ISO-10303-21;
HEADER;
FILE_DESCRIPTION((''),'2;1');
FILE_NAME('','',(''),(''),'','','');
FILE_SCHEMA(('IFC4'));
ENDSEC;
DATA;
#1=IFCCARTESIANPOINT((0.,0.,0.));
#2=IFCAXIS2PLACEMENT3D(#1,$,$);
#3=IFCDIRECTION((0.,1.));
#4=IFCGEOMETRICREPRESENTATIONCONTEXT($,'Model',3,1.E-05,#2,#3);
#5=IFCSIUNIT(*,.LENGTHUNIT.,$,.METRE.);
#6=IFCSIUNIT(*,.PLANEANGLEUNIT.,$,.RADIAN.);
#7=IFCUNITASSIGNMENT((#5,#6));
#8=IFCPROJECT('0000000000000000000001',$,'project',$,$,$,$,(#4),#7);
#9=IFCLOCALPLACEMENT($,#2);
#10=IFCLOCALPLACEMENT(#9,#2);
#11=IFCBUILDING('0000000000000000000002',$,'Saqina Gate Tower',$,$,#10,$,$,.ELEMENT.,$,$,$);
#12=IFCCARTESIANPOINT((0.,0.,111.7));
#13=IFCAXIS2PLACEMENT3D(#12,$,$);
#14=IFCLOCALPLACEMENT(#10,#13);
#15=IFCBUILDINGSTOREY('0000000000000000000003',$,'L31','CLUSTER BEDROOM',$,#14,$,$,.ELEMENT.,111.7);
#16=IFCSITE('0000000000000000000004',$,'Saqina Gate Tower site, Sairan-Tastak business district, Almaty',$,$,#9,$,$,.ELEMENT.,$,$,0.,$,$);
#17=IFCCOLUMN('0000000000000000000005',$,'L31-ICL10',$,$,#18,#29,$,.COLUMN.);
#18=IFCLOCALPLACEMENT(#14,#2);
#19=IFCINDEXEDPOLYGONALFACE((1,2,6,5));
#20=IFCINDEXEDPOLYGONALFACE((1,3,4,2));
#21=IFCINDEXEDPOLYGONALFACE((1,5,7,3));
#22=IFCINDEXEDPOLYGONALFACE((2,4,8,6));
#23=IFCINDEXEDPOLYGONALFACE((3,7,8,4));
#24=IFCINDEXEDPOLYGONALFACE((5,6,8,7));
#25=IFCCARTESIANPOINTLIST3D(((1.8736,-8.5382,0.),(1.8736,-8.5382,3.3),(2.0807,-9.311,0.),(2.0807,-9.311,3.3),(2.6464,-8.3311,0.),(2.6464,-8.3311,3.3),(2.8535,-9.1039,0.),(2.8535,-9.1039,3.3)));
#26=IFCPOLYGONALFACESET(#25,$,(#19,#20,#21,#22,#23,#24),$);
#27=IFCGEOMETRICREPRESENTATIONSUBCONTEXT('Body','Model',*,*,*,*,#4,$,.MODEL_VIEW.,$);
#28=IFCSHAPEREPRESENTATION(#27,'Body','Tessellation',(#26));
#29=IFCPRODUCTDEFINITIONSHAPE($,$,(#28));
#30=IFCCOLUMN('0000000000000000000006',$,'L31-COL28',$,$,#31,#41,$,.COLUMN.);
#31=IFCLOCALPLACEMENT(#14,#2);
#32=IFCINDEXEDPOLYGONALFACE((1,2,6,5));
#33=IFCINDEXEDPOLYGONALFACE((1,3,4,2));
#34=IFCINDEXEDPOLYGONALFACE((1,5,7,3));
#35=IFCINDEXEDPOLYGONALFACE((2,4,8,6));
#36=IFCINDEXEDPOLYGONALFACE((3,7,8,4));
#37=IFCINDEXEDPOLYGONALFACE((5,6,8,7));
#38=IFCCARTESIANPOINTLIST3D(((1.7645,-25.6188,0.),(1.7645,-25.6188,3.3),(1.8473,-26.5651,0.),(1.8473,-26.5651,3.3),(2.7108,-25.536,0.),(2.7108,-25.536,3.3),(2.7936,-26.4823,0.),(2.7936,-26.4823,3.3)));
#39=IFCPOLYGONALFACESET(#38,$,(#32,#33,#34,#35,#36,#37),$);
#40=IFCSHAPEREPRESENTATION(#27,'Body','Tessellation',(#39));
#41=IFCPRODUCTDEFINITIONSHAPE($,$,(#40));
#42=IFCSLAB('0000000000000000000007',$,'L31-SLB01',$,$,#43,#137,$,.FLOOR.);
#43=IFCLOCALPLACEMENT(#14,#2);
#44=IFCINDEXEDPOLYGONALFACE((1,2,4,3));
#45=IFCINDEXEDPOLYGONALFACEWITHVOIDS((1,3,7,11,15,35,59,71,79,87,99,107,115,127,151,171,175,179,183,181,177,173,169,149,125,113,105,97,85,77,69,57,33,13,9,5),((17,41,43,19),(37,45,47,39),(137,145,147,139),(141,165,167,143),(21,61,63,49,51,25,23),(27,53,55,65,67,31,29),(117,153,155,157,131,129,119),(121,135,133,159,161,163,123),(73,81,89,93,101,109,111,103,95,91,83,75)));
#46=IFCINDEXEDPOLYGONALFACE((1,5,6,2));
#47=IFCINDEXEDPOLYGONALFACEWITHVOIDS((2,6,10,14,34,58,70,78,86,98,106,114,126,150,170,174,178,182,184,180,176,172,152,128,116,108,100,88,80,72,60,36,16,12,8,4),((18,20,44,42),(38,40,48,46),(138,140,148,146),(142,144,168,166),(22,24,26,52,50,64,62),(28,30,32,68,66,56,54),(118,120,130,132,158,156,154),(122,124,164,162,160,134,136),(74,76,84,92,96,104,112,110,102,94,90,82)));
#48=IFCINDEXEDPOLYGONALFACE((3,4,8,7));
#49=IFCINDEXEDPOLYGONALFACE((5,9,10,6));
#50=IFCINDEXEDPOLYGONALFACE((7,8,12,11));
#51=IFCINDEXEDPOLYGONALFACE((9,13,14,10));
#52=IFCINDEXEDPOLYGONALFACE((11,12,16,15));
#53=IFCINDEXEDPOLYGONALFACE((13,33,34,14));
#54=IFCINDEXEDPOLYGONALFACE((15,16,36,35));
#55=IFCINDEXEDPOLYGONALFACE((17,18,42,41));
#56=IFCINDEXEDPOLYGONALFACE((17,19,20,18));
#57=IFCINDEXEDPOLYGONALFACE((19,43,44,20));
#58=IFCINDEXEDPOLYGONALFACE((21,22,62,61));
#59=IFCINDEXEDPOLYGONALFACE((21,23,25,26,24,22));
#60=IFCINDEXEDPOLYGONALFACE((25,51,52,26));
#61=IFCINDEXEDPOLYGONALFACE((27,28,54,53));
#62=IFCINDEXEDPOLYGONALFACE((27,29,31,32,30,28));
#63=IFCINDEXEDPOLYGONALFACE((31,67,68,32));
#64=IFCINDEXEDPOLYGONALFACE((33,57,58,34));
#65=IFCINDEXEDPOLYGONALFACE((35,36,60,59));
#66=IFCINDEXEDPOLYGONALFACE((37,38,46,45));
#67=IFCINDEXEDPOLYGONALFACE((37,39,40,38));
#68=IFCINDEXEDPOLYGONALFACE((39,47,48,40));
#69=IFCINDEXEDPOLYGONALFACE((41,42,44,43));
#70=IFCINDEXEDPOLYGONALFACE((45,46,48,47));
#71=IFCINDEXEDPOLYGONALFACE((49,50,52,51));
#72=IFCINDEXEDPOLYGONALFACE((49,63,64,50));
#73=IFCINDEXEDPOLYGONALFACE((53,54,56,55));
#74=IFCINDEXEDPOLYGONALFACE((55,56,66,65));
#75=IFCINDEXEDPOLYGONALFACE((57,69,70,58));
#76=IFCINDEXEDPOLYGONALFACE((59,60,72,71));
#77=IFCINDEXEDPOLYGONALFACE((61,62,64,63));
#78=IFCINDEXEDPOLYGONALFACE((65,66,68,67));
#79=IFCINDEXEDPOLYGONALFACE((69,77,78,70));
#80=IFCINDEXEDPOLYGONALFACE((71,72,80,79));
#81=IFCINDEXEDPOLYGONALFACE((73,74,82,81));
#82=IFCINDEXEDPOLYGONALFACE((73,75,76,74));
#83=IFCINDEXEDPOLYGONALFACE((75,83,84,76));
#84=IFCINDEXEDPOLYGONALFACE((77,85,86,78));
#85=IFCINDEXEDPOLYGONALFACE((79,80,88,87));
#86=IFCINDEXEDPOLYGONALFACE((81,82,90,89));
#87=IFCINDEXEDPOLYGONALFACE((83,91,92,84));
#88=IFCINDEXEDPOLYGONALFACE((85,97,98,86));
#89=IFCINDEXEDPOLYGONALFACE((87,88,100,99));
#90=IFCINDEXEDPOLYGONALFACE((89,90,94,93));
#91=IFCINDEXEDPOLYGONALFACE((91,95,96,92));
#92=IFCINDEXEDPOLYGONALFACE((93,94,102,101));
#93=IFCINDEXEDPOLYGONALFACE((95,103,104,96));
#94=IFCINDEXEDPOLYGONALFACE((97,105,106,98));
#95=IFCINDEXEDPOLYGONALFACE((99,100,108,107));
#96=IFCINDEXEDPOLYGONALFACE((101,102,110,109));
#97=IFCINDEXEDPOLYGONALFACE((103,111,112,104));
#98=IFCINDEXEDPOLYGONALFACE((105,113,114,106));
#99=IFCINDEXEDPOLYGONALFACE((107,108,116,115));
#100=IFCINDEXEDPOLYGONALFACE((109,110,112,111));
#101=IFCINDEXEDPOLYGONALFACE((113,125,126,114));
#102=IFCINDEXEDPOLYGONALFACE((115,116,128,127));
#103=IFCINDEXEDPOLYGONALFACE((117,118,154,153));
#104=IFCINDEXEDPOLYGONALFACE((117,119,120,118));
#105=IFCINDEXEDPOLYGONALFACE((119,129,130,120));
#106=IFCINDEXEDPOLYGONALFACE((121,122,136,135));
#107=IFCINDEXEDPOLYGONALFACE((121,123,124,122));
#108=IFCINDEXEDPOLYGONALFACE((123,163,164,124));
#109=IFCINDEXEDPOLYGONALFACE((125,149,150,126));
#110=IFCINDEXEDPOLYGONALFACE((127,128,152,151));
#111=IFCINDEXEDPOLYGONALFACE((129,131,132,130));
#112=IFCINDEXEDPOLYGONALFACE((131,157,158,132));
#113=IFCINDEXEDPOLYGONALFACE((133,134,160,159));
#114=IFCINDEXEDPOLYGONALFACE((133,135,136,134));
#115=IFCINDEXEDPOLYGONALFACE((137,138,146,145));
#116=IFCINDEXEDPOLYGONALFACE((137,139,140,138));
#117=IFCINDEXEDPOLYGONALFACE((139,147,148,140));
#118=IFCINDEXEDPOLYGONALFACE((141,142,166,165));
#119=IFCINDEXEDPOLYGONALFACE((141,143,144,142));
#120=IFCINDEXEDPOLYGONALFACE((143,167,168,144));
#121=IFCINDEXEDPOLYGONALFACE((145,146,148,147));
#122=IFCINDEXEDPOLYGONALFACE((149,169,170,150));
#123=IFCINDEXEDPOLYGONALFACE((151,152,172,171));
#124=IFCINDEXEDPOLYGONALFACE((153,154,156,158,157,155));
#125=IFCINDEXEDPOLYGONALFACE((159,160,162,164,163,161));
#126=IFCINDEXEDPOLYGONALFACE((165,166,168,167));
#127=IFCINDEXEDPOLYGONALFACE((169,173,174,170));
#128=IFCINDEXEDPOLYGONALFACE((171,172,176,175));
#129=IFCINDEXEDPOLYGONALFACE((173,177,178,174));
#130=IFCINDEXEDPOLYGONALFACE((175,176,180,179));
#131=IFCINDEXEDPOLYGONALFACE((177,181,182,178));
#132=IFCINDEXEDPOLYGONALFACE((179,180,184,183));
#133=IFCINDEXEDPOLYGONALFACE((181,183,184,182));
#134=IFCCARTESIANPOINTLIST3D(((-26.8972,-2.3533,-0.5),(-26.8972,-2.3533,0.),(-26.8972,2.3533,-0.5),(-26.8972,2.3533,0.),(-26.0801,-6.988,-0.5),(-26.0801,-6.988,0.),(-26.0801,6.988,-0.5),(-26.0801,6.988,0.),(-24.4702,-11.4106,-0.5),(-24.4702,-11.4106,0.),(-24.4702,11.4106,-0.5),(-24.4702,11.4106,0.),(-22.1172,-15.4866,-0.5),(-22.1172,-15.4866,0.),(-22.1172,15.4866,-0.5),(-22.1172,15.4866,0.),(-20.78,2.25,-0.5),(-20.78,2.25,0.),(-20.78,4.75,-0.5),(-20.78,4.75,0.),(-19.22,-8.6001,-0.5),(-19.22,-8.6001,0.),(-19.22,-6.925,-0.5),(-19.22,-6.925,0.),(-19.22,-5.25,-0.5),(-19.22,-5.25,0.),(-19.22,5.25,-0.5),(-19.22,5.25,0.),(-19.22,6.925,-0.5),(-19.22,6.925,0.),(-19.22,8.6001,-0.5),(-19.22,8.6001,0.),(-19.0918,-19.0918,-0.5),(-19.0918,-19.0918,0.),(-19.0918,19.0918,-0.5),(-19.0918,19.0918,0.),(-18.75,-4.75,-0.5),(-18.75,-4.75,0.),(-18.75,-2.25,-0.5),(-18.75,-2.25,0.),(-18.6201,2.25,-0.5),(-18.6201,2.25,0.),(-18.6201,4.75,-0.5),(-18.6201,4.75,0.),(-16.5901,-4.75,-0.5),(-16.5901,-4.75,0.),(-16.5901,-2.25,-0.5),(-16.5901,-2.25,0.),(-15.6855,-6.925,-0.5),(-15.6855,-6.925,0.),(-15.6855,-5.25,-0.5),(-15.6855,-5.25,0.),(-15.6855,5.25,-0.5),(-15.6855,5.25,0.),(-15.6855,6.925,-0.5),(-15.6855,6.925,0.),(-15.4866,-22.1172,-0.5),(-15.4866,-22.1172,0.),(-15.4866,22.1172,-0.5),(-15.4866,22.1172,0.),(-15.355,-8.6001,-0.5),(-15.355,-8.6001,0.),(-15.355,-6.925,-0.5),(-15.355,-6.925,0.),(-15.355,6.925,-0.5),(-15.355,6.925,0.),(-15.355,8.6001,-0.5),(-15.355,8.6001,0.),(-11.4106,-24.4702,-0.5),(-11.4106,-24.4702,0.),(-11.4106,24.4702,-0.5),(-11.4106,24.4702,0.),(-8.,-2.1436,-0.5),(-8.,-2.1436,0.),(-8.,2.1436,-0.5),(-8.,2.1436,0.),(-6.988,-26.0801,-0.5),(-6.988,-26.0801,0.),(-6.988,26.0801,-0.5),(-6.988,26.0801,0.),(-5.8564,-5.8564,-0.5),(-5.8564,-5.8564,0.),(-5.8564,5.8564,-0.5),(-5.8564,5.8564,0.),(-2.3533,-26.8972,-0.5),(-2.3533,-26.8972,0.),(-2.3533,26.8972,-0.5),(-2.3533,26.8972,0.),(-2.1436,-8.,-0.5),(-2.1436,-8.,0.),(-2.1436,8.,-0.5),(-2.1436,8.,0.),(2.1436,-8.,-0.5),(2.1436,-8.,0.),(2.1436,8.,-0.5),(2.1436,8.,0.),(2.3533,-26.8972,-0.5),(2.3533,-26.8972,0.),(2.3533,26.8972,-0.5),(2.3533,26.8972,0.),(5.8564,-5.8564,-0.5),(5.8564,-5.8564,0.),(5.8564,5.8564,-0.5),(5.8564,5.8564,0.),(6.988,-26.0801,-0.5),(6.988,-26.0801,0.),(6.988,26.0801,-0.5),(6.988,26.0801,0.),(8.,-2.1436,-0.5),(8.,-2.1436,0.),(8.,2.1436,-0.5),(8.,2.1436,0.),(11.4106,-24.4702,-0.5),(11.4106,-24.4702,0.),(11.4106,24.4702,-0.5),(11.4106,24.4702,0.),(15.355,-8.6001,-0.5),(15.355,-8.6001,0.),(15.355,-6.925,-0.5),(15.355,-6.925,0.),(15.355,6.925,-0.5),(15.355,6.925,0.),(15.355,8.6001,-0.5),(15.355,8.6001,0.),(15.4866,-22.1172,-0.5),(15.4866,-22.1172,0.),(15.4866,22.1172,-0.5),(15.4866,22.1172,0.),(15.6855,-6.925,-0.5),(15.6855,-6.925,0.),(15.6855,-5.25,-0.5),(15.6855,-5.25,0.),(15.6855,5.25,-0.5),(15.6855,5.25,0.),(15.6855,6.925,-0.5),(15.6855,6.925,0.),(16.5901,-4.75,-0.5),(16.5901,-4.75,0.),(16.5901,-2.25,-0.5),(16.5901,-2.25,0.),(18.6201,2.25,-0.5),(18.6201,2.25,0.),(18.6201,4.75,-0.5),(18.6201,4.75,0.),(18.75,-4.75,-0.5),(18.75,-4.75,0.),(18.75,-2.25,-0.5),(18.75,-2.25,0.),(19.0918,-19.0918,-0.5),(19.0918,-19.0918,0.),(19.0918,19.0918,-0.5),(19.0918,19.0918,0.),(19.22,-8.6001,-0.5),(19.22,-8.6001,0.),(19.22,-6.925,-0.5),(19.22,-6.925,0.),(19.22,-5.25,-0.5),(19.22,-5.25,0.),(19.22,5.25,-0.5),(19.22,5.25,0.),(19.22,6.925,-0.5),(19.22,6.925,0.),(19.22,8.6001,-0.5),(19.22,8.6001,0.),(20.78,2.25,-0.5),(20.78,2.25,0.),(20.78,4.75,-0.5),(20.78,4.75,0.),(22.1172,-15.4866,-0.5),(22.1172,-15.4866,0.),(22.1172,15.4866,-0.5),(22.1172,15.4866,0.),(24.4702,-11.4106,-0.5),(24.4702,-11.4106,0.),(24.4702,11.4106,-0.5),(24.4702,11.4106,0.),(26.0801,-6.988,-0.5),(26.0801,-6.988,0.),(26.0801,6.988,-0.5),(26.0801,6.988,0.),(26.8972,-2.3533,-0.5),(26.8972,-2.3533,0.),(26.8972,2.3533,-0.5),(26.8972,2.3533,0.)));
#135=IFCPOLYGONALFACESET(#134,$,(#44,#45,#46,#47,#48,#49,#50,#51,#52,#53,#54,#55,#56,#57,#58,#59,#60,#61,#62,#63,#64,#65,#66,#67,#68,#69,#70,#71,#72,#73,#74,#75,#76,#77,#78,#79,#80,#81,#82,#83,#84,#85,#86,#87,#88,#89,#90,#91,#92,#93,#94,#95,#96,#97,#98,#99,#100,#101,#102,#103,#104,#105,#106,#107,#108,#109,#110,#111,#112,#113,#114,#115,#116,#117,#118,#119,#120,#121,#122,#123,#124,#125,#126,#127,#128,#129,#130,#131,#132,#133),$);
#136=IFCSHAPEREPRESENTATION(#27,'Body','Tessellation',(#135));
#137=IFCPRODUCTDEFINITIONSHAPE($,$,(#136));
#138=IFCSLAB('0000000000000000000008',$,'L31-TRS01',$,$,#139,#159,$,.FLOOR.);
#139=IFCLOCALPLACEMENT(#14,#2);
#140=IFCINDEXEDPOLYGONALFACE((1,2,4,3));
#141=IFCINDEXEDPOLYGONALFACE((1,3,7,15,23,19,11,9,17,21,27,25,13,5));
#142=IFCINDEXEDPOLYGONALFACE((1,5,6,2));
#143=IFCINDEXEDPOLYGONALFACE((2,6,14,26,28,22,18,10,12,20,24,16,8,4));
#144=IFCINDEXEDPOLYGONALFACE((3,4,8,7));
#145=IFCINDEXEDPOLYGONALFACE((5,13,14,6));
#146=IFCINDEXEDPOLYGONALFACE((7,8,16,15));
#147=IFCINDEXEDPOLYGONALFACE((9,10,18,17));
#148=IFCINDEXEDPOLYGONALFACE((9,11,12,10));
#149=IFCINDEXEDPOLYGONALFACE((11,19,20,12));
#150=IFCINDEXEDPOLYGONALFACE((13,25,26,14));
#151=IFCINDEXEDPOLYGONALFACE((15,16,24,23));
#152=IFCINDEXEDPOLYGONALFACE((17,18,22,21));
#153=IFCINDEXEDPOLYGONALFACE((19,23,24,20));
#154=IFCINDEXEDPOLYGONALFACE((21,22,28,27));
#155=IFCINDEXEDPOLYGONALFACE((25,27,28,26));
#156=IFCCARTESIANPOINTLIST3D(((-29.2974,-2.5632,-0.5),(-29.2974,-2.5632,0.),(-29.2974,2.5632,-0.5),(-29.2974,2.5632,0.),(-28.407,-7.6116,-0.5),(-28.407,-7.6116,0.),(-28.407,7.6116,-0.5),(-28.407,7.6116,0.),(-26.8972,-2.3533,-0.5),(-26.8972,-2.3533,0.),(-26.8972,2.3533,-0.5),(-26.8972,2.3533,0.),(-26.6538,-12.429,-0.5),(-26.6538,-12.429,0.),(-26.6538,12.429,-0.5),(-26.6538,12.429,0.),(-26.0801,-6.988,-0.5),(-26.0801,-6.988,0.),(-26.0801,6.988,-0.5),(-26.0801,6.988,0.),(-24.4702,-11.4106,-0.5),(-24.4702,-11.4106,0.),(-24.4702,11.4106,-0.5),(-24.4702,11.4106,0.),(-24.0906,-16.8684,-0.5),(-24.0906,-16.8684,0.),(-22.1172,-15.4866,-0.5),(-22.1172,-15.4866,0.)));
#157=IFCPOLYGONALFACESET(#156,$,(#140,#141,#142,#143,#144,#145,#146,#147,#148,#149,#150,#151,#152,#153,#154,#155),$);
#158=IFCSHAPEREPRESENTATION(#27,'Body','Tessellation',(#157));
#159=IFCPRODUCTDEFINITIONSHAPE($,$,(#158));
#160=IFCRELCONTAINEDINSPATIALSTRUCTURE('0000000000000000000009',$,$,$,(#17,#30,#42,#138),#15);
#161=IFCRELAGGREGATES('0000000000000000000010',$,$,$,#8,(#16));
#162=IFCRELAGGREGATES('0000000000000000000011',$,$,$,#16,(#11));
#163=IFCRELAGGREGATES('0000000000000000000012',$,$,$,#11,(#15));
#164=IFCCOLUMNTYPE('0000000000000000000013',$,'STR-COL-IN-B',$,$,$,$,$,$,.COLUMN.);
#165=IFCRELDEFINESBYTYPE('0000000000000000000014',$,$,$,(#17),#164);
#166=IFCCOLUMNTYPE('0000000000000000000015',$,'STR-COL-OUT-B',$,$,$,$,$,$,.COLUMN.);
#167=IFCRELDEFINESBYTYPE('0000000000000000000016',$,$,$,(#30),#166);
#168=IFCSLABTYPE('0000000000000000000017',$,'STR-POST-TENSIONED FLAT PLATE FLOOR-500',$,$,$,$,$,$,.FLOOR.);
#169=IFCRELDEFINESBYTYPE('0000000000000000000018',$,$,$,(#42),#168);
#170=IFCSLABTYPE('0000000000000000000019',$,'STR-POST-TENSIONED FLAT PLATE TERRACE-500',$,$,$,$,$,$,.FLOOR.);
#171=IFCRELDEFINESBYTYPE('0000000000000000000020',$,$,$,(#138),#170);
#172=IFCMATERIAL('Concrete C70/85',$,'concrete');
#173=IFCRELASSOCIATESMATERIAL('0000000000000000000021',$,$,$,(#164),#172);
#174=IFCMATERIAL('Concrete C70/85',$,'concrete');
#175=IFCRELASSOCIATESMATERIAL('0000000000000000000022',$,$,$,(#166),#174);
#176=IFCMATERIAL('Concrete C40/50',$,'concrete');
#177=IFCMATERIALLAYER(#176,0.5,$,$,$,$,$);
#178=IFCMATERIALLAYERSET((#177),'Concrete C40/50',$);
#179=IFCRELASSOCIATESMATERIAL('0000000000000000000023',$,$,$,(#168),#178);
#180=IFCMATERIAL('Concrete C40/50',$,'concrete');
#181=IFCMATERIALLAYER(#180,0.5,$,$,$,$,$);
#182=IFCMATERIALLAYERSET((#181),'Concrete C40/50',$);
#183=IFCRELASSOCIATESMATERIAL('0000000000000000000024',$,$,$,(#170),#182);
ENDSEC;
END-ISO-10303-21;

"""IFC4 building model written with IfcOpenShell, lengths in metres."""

from ifc_helpers import new_model, si_unit, direction, frame, origin, origin_2d, place, context, subcontext, project, spatial, polyline, rectangle, outline, extrude, material, layer, layer_set, material_profile, profile_set, type_object, element, save


model = new_model("IFC4")

# Units and contexts
model_context = context("Model", 3, precision=1e-05, world=origin(), true_north=direction((0.0, 1.0)))
body_context = subcontext(model_context, "Body", "Model", "MODEL_VIEW")
ifc_project = project(units=[si_unit("LENGTHUNIT", "METRE"), si_unit("PLANEANGLEUNIT", "RADIAN")], contexts=[model_context])

# Site, building, storey
site_placement = place(None, origin())
site = spatial("IfcSite", under=ifc_project, at=site_placement, Name="Saqina Gate Tower site, Sairan-Tastak business district, Almaty", CompositionType="ELEMENT", RefElevation=0.0)
building_placement = place(site_placement, origin())
building = spatial("IfcBuilding", under=site, at=building_placement, Name="Saqina Gate Tower", CompositionType="ELEMENT")
storey_placement = place(building_placement, frame((0.0, 0.0, 111.7)))
storey = spatial("IfcBuildingStorey", under=building, at=storey_placement, Name="L31", Description="CLUSTER BEDROOM", CompositionType="ELEMENT", Elevation=111.7)

# Columns
ifc_material_1 = material(Name="Concrete C70/85", Category="concrete")
ifc_material_profile_1 = material_profile(ifc_material_1, rectangle(XDim=0.8, YDim=0.8, at=origin_2d()), Name="RC 800x800")
ifc_profile_set_1 = profile_set([ifc_material_profile_1], Name="Concrete C70/85")
column_type_1 = type_object("IfcColumnType", Name="STR-COL-IN-B", PredefinedType="COLUMN", material=ifc_profile_set_1)
column_1_placement = place(storey_placement, frame((2.3635, -8.821, 0.0), z_axis=(0.0, 0.0, 1.0), x_axis=(0.258819, -0.965926, 0.0)))
element("IfcColumn", 1, at=column_1_placement, inside=storey, type_object=column_type_1, Name="L31-ICL10", PredefinedType="COLUMN", context=body_context, shape_type="SweptSolid", body=[
    extrude(rectangle(XDim=0.8, YDim=0.8, at=origin_2d()), origin(), (0.0, 0.0, 1.0), 3.3),
])
ifc_material_2 = material(Name="Concrete C70/85", Category="concrete")
ifc_material_profile_2 = material_profile(ifc_material_2, rectangle(XDim=0.95, YDim=0.95, at=origin_2d()), Name="RC 950x950")
ifc_profile_set_2 = profile_set([ifc_material_profile_2], Name="Concrete C70/85")
column_type_2 = type_object("IfcColumnType", Name="STR-COL-OUT-B", PredefinedType="COLUMN", material=ifc_profile_set_2)
column_2_placement = place(storey_placement, frame((2.2791, -26.0505, 0.0), z_axis=(0.0, 0.0, 1.0), x_axis=(0.087156, -0.996195, 0.0)))
element("IfcColumn", 2, at=column_2_placement, inside=storey, type_object=column_type_2, Name="L31-COL28", PredefinedType="COLUMN", context=body_context, shape_type="SweptSolid", body=[
    extrude(rectangle(XDim=0.95, YDim=0.95, at=origin_2d()), origin(), (0.0, 0.0, 1.0), 3.3),
])

# Slabs
ifc_material_3 = material(Name="Concrete C40/50", Category="concrete")
ifc_layer_1 = layer(ifc_material_3, 0.5)
ifc_layer_set_1 = layer_set([ifc_layer_1], Name="Concrete C40/50")
slab_type_1 = type_object("IfcSlabType", Name="STR-POST-TENSIONED FLAT PLATE FLOOR-500", PredefinedType="FLOOR", material=ifc_layer_set_1)
slab_1_placement = place(storey_placement, frame((0.0, 0.0, -0.5)))
element("IfcSlab", 3, at=slab_1_placement, inside=storey, type_object=slab_type_1, Name="L31-SLB01", PredefinedType="FLOOR", context=body_context, shape_type="SweptSolid", body=[
    extrude(outline(polyline([(26.0801, -6.988), (26.8972, -2.3533), (26.8972, 2.3533), (26.0801, 6.988), (24.4702, 11.4106), (22.1172, 15.4866), (19.0918, 19.0918), (15.4866, 22.1172), (11.4106, 24.4702), (6.988, 26.0801), (2.3533, 26.8972), (-2.3533, 26.8972), (-6.988, 26.0801), (-11.4106, 24.4702), (-15.4866, 22.1172), (-19.0918, 19.0918), (-22.1172, 15.4866), (-24.4702, 11.4106), (-26.0801, 6.988), (-26.8972, 2.3533), (-26.8972, -2.3533), (-26.0801, -6.988), (-24.4702, -11.4106), (-22.1172, -15.4866), (-19.0918, -19.0918), (-15.4866, -22.1172), (-11.4106, -24.4702), (-6.988, -26.0801), (-2.3533, -26.8972), (2.3533, -26.8972), (6.988, -26.0801), (11.4106, -24.4702), (15.4866, -22.1172), (19.0918, -19.0918), (22.1172, -15.4866), (24.4702, -11.4106), (26.0801, -6.988)]), holes=[polyline([(2.1436, 8.0), (5.8564, 5.8564), (8.0, 2.1436), (8.0, -2.1436), (5.8564, -5.8564), (2.1436, -8.0), (-2.1436, -8.0), (-5.8564, -5.8564), (-8.0, -2.1436), (-8.0, 2.1436), (-5.8564, 5.8564), (-2.1436, 8.0), (2.1436, 8.0)]), polyline([(-15.355, -8.6001), (-19.22, -8.6001), (-19.22, -6.925), (-19.22, -5.25), (-15.6855, -5.25), (-15.6855, -6.925), (-15.355, -6.925), (-15.355, -8.6001)]), polyline([(-16.5901, -2.25), (-16.5901, -4.75), (-18.75, -4.75), (-18.75, -2.25), (-16.5901, -2.25)]), polyline([(-20.78, 4.75), (-18.6201, 4.75), (-18.6201, 2.25), (-20.78, 2.25), (-20.78, 4.75)]), polyline([(-19.22, 6.925), (-19.22, 8.6001), (-15.355, 8.6001), (-15.355, 6.925), (-15.6855, 6.925), (-15.6855, 5.25), (-19.22, 5.25), (-19.22, 6.925)]), polyline([(15.355, -8.6001), (15.355, -6.925), (15.6855, -6.925), (15.6855, -5.25), (19.22, -5.25), (19.22, -6.925), (19.22, -8.6001), (15.355, -8.6001)]), polyline([(18.75, -2.25), (18.75, -4.75), (16.5901, -4.75), (16.5901, -2.25), (18.75, -2.25)]), polyline([(18.6201, 4.75), (20.78, 4.75), (20.78, 2.25), (18.6201, 2.25), (18.6201, 4.75)]), polyline([(15.6855, 6.925), (15.355, 6.925), (15.355, 8.6001), (19.22, 8.6001), (19.22, 6.925), (19.22, 5.25), (15.6855, 5.25), (15.6855, 6.925)])]), origin(), (0.0, 0.0, 1.0), 0.5),
])
ifc_material_4 = material(Name="Concrete C40/50", Category="concrete")
ifc_layer_2 = layer(ifc_material_4, 0.5)
ifc_layer_set_2 = layer_set([ifc_layer_2], Name="Concrete C40/50")
slab_type_2 = type_object("IfcSlabType", Name="STR-POST-TENSIONED FLAT PLATE TERRACE-500", PredefinedType="FLOOR", material=ifc_layer_set_2)
slab_2_placement = place(storey_placement, frame((0.0, 0.0, -0.5)))
element("IfcSlab", 4, at=slab_2_placement, inside=storey, type_object=slab_type_2, Name="L31-TRS01", PredefinedType="FLOOR", context=body_context, shape_type="SweptSolid", body=[
    extrude(outline(polyline([(-24.4702, 11.4106), (-26.0801, 6.988), (-26.8972, 2.3533), (-26.8972, -2.3533), (-26.0801, -6.988), (-24.4702, -11.4106), (-22.1172, -15.4866), (-24.0906, -16.8684), (-26.6538, -12.429), (-28.407, -7.6116), (-29.2974, -2.5632), (-29.2974, 2.5632), (-28.407, 7.6116), (-26.6538, 12.429), (-24.4702, 11.4106)])), origin(), (0.0, 0.0, 1.0), 0.5),
])

save(model, "model.ifc")
